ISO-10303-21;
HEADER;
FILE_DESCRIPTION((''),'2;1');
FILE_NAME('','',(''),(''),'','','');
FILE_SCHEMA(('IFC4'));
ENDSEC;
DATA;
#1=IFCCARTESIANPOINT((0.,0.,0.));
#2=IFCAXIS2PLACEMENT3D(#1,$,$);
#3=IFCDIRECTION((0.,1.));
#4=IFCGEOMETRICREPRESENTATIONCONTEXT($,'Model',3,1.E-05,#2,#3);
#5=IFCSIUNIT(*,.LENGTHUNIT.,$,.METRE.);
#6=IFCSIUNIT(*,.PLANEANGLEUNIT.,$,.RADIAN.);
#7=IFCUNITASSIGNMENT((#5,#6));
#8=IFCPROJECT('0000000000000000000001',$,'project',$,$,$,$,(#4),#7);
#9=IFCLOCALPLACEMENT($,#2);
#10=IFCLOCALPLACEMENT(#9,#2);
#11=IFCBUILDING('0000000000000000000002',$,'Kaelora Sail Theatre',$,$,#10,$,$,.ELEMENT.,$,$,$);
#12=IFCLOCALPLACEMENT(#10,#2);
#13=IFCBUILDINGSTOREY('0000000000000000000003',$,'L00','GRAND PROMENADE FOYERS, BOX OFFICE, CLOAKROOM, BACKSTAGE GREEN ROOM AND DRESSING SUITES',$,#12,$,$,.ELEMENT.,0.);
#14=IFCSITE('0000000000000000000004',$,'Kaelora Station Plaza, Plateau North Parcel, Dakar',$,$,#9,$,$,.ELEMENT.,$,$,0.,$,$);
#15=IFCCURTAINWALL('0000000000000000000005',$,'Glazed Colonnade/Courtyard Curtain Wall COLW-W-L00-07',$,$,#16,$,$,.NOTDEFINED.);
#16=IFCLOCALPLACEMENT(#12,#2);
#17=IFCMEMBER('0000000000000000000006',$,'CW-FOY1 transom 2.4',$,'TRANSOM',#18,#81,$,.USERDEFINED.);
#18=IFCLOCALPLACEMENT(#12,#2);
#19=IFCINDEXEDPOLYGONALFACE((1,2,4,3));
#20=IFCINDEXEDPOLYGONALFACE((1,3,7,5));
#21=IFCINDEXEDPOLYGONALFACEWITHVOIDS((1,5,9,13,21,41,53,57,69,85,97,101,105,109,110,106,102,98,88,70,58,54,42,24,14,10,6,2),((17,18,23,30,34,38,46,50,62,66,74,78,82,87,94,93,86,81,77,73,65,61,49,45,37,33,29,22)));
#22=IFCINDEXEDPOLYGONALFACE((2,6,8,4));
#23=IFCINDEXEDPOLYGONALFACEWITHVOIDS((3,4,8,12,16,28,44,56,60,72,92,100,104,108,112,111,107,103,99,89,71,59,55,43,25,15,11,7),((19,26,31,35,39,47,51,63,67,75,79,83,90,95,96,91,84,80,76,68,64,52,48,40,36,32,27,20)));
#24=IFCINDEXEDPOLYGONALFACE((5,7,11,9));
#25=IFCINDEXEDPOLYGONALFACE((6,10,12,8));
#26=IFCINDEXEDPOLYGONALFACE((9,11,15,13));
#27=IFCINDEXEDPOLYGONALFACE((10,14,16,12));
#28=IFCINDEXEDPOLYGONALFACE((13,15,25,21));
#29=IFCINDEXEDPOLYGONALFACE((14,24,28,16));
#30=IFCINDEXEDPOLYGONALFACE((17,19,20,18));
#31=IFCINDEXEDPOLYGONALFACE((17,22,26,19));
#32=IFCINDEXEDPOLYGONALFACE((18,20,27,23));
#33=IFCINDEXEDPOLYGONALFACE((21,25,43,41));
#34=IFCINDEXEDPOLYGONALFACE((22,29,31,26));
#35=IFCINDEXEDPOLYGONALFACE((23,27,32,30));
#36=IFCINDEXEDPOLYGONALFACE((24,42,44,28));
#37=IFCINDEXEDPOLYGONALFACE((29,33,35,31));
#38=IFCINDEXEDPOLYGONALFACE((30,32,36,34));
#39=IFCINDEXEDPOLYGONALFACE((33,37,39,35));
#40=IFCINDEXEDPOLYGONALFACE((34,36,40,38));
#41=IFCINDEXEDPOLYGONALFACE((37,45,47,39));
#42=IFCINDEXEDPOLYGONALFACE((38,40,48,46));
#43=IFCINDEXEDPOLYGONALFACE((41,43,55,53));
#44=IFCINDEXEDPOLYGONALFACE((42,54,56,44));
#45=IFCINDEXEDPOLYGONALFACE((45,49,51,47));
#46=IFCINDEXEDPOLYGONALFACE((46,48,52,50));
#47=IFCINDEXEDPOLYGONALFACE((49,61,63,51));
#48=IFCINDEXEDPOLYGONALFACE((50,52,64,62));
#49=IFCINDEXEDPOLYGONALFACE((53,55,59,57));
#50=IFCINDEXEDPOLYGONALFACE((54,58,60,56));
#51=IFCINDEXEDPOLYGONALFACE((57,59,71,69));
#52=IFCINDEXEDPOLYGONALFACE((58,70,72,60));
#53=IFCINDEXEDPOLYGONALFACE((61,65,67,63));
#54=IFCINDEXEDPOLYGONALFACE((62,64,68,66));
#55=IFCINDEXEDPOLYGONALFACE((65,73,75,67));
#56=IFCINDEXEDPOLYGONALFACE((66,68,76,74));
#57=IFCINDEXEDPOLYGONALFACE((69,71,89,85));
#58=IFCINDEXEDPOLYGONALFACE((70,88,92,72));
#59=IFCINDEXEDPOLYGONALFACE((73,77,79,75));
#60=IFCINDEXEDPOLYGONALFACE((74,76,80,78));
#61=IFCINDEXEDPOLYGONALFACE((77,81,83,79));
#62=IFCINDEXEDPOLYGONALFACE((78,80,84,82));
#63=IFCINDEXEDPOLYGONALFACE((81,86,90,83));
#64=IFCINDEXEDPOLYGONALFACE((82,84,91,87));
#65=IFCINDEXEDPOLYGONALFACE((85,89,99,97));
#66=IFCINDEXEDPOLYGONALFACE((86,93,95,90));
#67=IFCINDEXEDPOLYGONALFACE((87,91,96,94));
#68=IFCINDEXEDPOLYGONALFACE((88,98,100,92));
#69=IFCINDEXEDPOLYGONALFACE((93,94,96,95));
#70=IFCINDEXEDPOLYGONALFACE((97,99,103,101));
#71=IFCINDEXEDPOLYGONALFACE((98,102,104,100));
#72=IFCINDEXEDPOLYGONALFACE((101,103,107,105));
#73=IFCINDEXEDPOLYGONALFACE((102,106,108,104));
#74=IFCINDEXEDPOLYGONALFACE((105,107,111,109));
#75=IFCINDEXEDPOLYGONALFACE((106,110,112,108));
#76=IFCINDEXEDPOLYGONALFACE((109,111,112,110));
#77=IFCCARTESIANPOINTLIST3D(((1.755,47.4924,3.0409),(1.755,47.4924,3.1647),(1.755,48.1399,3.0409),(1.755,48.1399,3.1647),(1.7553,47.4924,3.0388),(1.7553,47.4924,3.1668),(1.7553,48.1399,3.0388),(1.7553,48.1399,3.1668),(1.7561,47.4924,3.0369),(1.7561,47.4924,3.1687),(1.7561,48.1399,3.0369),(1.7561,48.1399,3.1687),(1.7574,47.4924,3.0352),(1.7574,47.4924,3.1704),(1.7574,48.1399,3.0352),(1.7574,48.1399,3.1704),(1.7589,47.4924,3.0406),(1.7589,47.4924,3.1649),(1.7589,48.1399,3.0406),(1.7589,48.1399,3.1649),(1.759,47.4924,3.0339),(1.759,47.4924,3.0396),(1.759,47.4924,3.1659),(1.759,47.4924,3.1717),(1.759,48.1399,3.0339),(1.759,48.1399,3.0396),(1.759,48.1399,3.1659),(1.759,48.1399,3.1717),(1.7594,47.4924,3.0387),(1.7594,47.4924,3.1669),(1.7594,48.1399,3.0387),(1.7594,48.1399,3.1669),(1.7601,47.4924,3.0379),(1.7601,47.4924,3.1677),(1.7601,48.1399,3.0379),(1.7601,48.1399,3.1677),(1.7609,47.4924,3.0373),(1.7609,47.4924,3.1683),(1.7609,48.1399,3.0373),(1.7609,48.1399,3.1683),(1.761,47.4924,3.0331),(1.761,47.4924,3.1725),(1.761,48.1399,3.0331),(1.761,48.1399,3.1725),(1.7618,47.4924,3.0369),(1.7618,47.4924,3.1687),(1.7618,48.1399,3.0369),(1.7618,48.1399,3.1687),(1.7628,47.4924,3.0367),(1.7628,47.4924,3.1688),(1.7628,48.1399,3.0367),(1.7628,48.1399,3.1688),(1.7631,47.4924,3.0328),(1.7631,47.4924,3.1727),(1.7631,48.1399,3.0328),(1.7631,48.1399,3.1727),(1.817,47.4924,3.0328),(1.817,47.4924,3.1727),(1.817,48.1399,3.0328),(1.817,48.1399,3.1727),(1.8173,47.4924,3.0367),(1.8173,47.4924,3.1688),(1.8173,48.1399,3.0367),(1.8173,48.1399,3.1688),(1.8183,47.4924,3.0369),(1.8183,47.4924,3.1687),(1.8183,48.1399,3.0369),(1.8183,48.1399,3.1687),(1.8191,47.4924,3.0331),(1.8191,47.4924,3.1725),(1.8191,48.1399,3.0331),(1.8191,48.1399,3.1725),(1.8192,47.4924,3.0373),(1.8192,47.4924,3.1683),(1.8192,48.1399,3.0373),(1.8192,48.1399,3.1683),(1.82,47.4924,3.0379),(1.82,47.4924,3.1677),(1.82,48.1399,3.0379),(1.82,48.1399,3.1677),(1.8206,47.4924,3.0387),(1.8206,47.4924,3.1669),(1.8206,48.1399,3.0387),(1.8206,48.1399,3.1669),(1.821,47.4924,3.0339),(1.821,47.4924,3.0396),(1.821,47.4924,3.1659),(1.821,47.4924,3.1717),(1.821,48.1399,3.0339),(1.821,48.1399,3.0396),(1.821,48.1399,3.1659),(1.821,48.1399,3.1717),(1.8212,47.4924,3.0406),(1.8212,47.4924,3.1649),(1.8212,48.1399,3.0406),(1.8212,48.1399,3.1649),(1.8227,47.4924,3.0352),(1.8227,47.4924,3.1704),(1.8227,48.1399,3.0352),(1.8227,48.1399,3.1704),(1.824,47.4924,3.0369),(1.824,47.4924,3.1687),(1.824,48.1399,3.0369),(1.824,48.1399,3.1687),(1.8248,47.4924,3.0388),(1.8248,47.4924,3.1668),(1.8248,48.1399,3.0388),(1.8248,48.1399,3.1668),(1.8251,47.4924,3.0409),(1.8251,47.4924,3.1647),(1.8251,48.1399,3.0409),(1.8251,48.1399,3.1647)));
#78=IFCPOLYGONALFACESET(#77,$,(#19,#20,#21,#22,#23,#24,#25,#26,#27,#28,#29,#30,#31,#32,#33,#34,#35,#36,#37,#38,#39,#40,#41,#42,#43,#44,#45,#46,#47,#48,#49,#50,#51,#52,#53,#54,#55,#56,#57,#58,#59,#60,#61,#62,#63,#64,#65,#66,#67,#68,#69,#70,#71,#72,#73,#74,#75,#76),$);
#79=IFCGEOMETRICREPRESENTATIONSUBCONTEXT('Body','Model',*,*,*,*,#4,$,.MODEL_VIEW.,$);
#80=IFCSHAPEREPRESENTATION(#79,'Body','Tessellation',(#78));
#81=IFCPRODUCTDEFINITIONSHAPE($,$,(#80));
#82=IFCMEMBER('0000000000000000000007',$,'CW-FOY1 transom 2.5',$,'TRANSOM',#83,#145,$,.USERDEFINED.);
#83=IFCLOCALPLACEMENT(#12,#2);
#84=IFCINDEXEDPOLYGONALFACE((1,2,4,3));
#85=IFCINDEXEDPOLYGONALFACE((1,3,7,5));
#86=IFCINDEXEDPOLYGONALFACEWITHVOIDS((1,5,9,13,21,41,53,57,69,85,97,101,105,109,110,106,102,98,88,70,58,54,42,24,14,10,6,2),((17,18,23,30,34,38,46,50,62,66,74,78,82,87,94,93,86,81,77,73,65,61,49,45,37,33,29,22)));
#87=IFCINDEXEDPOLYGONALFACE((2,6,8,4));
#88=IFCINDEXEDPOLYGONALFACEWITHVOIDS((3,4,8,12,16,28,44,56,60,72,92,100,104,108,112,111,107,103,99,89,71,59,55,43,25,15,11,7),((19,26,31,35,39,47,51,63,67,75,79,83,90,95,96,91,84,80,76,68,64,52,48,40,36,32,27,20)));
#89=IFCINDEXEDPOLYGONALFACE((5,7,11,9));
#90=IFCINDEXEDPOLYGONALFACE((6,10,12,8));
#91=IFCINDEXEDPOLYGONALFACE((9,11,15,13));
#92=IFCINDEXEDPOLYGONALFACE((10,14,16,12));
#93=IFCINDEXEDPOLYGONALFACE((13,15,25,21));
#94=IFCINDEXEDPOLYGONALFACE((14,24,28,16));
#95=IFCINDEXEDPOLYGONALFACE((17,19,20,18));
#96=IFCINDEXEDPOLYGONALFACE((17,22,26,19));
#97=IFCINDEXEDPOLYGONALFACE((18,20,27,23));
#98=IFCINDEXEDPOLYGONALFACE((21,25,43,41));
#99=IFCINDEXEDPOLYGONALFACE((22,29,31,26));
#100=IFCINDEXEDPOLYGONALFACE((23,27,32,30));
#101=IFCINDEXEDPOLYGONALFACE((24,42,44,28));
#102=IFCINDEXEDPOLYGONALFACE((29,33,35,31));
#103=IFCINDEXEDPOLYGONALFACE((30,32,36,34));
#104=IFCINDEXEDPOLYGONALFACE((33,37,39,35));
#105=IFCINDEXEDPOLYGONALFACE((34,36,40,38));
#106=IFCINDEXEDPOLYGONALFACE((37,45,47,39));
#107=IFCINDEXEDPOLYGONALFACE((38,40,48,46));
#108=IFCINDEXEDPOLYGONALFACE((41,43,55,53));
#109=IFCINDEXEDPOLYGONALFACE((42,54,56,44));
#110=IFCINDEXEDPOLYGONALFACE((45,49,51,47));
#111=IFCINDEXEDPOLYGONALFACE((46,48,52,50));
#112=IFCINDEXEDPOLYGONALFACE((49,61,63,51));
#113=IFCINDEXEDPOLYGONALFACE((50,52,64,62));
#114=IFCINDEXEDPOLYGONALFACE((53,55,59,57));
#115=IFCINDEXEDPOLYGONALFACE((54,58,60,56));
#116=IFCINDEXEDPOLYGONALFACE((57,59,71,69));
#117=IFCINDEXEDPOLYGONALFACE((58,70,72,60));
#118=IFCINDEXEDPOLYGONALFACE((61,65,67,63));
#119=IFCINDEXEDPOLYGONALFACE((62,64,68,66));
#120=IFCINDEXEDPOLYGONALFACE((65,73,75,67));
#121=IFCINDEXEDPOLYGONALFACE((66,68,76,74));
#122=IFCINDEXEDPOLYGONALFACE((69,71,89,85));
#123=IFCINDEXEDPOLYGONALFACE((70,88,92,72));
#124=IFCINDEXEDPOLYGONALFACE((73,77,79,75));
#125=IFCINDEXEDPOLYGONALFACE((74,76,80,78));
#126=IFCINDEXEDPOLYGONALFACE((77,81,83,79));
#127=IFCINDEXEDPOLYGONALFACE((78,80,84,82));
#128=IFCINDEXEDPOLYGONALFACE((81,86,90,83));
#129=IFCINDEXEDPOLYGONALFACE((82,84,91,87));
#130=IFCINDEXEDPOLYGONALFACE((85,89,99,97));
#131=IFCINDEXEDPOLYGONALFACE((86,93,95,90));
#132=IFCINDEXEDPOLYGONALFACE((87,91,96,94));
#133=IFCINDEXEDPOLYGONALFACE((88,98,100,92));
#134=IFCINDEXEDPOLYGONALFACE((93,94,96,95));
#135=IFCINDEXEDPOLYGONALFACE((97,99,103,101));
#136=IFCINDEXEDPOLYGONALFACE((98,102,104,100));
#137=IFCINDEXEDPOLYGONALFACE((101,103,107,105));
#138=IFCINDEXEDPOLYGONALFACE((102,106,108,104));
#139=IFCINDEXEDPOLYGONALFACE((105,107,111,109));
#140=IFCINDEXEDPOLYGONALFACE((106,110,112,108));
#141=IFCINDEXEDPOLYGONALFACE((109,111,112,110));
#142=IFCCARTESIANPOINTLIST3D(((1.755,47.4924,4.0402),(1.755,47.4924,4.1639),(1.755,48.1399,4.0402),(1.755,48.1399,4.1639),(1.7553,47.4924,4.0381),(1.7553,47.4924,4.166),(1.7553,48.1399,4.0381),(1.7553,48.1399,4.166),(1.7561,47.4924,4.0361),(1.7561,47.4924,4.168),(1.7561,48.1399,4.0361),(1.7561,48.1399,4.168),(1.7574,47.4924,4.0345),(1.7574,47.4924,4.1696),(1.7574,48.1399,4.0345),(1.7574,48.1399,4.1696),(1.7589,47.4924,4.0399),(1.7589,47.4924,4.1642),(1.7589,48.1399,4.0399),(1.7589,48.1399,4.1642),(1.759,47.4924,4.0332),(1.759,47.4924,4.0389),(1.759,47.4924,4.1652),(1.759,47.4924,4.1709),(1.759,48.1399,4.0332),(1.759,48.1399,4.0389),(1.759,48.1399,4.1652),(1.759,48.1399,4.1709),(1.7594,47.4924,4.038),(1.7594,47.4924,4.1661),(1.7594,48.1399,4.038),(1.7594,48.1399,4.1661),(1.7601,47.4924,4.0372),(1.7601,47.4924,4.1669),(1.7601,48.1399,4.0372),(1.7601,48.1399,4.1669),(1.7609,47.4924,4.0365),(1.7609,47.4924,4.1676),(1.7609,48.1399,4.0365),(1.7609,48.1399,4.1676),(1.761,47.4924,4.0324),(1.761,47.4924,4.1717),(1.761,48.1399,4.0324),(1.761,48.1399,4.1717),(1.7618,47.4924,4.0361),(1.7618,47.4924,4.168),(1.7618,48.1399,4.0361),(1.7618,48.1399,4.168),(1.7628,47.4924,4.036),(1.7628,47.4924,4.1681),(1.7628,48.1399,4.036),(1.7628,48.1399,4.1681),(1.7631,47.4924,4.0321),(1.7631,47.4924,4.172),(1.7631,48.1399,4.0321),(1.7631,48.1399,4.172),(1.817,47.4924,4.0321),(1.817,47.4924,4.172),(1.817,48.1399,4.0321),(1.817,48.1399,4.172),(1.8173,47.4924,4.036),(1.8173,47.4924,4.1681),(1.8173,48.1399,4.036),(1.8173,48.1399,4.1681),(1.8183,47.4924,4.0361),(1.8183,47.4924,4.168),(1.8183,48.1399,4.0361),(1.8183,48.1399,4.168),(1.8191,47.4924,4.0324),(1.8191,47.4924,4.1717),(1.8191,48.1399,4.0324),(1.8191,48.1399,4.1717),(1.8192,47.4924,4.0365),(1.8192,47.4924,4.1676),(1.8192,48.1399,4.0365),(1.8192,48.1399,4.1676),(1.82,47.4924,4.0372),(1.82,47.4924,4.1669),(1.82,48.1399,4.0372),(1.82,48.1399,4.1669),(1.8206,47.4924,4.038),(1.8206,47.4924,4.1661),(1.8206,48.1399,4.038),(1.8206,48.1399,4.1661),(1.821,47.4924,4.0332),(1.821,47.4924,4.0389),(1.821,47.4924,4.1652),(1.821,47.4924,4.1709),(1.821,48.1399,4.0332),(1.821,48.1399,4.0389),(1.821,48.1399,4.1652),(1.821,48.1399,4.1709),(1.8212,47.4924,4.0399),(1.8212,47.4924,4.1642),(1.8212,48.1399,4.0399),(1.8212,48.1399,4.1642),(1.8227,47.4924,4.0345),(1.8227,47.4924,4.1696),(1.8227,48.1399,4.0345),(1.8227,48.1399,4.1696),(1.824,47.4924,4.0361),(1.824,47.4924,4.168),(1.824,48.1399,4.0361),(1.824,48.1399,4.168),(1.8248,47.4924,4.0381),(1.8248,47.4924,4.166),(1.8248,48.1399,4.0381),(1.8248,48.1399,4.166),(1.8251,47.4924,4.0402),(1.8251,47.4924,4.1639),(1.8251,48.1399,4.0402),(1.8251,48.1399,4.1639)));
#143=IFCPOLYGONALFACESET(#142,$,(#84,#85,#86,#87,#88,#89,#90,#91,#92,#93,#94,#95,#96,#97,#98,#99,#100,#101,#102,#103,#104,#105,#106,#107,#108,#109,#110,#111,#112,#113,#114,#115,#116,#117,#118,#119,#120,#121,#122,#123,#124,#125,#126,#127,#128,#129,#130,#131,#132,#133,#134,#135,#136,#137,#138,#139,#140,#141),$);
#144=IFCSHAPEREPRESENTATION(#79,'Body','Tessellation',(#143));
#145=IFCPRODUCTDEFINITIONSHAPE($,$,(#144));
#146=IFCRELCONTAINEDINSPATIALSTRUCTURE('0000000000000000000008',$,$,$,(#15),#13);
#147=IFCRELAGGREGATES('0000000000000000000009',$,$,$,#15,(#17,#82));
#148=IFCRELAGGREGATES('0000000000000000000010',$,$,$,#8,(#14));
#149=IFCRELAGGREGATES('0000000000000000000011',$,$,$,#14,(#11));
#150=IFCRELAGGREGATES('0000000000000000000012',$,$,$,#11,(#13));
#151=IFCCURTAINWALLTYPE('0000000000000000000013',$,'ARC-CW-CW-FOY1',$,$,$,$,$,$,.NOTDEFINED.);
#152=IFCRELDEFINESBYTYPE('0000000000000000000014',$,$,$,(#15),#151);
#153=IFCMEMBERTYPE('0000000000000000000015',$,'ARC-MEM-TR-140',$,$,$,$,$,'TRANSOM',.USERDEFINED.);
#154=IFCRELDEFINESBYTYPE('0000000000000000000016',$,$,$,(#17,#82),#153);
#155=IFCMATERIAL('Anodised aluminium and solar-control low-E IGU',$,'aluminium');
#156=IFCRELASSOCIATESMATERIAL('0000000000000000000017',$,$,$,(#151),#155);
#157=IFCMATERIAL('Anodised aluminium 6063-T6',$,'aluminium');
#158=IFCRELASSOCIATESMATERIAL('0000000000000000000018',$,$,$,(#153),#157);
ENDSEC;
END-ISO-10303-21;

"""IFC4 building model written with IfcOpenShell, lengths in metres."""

from ifc_helpers import new_model, si_unit, direction, frame, origin, origin_2d, place, context, subcontext, project, spatial, hollow_rectangle, extrude, material, material_profile, profile_set, type_object, element, aggregate, save


model = new_model("IFC4")

# Units and contexts
model_context = context("Model", 3, precision=1e-05, world=origin(), true_north=direction((0.0, 1.0)))
body_context = subcontext(model_context, "Body", "Model", "MODEL_VIEW")
ifc_project = project(units=[si_unit("LENGTHUNIT", "METRE"), si_unit("PLANEANGLEUNIT", "RADIAN")], contexts=[model_context])

# Site, building, storey
site_placement = place(None, origin())
site = spatial("IfcSite", under=ifc_project, at=site_placement, Name="Kaelora Station Plaza, Plateau North Parcel, Dakar", CompositionType="ELEMENT", RefElevation=0.0)
building_placement = place(site_placement, origin())
building = spatial("IfcBuilding", under=site, at=building_placement, Name="Kaelora Sail Theatre", CompositionType="ELEMENT")
storey_placement = place(building_placement, origin())
storey = spatial("IfcBuildingStorey", under=building, at=storey_placement, Name="L00", Description="GRAND PROMENADE FOYERS, BOX OFFICE, CLOAKROOM, BACKSTAGE GREEN ROOM AND DRESSING SUITES", CompositionType="ELEMENT", Elevation=0.0)

# Curtain wall
ifc_material_1 = material(Name="Anodised aluminium and solar-control low-E IGU", Category="aluminium")
curtain_wall_type = type_object("IfcCurtainWallType", Name="ARC-CW-CW-FOY1", PredefinedType="NOTDEFINED", material=ifc_material_1)
curtain_wall_1_placement = place(storey_placement, origin())
curtain_wall_1 = element("IfcCurtainWall", 1, at=curtain_wall_1_placement, inside=storey, type_object=curtain_wall_type, Name="Glazed Colonnade/Courtyard Curtain Wall COLW-W-L00-07", PredefinedType="NOTDEFINED")

# Members
ifc_material_2 = material(Name="Anodised aluminium 6063-T6", Category="aluminium")
ifc_material_profile_1 = material_profile(ifc_material_2, hollow_rectangle(XDim=0.0701, YDim=0.1399, WallThickness=0.0039, InnerFilletRadius=0.0039, OuterFilletRadius=0.0081, at=origin_2d()), Name="ALU-TRAN 70x140x4")
ifc_profile_set_1 = profile_set([ifc_material_profile_1], Name="Anodised aluminium 6063-T6")
member_type_1 = type_object("IfcMemberType", Name="ARC-MEM-TR-140", ElementType="TRANSOM", PredefinedType="USERDEFINED", material=ifc_profile_set_1)
member_1_placement = place(storey_placement, frame((1.79, 47.4924, 3.1028), z_axis=(0.0, 1.0, 0.0), x_axis=(-1.0, 0.0, 0.0)))
member_1 = element("IfcMember", 2, at=member_1_placement, type_object=member_type_1, Name="CW-FOY1 transom 2.4", ObjectType="TRANSOM", PredefinedType="USERDEFINED", context=body_context, shape_type="SweptSolid", body=[
    extrude(hollow_rectangle(XDim=0.0701, YDim=0.1399, WallThickness=0.0039, InnerFilletRadius=0.0039, OuterFilletRadius=0.0081, at=origin_2d()), origin(), (0.0, 0.0, 1.0), 0.6475),
])
member_2_placement = place(storey_placement, frame((1.79, 47.4924, 4.1021), z_axis=(0.0, 1.0, 0.0), x_axis=(-1.0, 0.0, 0.0)))
member_2 = element("IfcMember", 3, at=member_2_placement, type_object=member_type_1, Name="CW-FOY1 transom 2.5", ObjectType="TRANSOM", PredefinedType="USERDEFINED", context=body_context, shape_type="SweptSolid", body=[
    extrude(hollow_rectangle(XDim=0.0701, YDim=0.1399, WallThickness=0.0039, InnerFilletRadius=0.0039, OuterFilletRadius=0.0081, at=origin_2d()), origin(), (0.0, 0.0, 1.0), 0.6475),
])

aggregate(curtain_wall_1, [member_1, member_2])

save(model, "model.ifc")
